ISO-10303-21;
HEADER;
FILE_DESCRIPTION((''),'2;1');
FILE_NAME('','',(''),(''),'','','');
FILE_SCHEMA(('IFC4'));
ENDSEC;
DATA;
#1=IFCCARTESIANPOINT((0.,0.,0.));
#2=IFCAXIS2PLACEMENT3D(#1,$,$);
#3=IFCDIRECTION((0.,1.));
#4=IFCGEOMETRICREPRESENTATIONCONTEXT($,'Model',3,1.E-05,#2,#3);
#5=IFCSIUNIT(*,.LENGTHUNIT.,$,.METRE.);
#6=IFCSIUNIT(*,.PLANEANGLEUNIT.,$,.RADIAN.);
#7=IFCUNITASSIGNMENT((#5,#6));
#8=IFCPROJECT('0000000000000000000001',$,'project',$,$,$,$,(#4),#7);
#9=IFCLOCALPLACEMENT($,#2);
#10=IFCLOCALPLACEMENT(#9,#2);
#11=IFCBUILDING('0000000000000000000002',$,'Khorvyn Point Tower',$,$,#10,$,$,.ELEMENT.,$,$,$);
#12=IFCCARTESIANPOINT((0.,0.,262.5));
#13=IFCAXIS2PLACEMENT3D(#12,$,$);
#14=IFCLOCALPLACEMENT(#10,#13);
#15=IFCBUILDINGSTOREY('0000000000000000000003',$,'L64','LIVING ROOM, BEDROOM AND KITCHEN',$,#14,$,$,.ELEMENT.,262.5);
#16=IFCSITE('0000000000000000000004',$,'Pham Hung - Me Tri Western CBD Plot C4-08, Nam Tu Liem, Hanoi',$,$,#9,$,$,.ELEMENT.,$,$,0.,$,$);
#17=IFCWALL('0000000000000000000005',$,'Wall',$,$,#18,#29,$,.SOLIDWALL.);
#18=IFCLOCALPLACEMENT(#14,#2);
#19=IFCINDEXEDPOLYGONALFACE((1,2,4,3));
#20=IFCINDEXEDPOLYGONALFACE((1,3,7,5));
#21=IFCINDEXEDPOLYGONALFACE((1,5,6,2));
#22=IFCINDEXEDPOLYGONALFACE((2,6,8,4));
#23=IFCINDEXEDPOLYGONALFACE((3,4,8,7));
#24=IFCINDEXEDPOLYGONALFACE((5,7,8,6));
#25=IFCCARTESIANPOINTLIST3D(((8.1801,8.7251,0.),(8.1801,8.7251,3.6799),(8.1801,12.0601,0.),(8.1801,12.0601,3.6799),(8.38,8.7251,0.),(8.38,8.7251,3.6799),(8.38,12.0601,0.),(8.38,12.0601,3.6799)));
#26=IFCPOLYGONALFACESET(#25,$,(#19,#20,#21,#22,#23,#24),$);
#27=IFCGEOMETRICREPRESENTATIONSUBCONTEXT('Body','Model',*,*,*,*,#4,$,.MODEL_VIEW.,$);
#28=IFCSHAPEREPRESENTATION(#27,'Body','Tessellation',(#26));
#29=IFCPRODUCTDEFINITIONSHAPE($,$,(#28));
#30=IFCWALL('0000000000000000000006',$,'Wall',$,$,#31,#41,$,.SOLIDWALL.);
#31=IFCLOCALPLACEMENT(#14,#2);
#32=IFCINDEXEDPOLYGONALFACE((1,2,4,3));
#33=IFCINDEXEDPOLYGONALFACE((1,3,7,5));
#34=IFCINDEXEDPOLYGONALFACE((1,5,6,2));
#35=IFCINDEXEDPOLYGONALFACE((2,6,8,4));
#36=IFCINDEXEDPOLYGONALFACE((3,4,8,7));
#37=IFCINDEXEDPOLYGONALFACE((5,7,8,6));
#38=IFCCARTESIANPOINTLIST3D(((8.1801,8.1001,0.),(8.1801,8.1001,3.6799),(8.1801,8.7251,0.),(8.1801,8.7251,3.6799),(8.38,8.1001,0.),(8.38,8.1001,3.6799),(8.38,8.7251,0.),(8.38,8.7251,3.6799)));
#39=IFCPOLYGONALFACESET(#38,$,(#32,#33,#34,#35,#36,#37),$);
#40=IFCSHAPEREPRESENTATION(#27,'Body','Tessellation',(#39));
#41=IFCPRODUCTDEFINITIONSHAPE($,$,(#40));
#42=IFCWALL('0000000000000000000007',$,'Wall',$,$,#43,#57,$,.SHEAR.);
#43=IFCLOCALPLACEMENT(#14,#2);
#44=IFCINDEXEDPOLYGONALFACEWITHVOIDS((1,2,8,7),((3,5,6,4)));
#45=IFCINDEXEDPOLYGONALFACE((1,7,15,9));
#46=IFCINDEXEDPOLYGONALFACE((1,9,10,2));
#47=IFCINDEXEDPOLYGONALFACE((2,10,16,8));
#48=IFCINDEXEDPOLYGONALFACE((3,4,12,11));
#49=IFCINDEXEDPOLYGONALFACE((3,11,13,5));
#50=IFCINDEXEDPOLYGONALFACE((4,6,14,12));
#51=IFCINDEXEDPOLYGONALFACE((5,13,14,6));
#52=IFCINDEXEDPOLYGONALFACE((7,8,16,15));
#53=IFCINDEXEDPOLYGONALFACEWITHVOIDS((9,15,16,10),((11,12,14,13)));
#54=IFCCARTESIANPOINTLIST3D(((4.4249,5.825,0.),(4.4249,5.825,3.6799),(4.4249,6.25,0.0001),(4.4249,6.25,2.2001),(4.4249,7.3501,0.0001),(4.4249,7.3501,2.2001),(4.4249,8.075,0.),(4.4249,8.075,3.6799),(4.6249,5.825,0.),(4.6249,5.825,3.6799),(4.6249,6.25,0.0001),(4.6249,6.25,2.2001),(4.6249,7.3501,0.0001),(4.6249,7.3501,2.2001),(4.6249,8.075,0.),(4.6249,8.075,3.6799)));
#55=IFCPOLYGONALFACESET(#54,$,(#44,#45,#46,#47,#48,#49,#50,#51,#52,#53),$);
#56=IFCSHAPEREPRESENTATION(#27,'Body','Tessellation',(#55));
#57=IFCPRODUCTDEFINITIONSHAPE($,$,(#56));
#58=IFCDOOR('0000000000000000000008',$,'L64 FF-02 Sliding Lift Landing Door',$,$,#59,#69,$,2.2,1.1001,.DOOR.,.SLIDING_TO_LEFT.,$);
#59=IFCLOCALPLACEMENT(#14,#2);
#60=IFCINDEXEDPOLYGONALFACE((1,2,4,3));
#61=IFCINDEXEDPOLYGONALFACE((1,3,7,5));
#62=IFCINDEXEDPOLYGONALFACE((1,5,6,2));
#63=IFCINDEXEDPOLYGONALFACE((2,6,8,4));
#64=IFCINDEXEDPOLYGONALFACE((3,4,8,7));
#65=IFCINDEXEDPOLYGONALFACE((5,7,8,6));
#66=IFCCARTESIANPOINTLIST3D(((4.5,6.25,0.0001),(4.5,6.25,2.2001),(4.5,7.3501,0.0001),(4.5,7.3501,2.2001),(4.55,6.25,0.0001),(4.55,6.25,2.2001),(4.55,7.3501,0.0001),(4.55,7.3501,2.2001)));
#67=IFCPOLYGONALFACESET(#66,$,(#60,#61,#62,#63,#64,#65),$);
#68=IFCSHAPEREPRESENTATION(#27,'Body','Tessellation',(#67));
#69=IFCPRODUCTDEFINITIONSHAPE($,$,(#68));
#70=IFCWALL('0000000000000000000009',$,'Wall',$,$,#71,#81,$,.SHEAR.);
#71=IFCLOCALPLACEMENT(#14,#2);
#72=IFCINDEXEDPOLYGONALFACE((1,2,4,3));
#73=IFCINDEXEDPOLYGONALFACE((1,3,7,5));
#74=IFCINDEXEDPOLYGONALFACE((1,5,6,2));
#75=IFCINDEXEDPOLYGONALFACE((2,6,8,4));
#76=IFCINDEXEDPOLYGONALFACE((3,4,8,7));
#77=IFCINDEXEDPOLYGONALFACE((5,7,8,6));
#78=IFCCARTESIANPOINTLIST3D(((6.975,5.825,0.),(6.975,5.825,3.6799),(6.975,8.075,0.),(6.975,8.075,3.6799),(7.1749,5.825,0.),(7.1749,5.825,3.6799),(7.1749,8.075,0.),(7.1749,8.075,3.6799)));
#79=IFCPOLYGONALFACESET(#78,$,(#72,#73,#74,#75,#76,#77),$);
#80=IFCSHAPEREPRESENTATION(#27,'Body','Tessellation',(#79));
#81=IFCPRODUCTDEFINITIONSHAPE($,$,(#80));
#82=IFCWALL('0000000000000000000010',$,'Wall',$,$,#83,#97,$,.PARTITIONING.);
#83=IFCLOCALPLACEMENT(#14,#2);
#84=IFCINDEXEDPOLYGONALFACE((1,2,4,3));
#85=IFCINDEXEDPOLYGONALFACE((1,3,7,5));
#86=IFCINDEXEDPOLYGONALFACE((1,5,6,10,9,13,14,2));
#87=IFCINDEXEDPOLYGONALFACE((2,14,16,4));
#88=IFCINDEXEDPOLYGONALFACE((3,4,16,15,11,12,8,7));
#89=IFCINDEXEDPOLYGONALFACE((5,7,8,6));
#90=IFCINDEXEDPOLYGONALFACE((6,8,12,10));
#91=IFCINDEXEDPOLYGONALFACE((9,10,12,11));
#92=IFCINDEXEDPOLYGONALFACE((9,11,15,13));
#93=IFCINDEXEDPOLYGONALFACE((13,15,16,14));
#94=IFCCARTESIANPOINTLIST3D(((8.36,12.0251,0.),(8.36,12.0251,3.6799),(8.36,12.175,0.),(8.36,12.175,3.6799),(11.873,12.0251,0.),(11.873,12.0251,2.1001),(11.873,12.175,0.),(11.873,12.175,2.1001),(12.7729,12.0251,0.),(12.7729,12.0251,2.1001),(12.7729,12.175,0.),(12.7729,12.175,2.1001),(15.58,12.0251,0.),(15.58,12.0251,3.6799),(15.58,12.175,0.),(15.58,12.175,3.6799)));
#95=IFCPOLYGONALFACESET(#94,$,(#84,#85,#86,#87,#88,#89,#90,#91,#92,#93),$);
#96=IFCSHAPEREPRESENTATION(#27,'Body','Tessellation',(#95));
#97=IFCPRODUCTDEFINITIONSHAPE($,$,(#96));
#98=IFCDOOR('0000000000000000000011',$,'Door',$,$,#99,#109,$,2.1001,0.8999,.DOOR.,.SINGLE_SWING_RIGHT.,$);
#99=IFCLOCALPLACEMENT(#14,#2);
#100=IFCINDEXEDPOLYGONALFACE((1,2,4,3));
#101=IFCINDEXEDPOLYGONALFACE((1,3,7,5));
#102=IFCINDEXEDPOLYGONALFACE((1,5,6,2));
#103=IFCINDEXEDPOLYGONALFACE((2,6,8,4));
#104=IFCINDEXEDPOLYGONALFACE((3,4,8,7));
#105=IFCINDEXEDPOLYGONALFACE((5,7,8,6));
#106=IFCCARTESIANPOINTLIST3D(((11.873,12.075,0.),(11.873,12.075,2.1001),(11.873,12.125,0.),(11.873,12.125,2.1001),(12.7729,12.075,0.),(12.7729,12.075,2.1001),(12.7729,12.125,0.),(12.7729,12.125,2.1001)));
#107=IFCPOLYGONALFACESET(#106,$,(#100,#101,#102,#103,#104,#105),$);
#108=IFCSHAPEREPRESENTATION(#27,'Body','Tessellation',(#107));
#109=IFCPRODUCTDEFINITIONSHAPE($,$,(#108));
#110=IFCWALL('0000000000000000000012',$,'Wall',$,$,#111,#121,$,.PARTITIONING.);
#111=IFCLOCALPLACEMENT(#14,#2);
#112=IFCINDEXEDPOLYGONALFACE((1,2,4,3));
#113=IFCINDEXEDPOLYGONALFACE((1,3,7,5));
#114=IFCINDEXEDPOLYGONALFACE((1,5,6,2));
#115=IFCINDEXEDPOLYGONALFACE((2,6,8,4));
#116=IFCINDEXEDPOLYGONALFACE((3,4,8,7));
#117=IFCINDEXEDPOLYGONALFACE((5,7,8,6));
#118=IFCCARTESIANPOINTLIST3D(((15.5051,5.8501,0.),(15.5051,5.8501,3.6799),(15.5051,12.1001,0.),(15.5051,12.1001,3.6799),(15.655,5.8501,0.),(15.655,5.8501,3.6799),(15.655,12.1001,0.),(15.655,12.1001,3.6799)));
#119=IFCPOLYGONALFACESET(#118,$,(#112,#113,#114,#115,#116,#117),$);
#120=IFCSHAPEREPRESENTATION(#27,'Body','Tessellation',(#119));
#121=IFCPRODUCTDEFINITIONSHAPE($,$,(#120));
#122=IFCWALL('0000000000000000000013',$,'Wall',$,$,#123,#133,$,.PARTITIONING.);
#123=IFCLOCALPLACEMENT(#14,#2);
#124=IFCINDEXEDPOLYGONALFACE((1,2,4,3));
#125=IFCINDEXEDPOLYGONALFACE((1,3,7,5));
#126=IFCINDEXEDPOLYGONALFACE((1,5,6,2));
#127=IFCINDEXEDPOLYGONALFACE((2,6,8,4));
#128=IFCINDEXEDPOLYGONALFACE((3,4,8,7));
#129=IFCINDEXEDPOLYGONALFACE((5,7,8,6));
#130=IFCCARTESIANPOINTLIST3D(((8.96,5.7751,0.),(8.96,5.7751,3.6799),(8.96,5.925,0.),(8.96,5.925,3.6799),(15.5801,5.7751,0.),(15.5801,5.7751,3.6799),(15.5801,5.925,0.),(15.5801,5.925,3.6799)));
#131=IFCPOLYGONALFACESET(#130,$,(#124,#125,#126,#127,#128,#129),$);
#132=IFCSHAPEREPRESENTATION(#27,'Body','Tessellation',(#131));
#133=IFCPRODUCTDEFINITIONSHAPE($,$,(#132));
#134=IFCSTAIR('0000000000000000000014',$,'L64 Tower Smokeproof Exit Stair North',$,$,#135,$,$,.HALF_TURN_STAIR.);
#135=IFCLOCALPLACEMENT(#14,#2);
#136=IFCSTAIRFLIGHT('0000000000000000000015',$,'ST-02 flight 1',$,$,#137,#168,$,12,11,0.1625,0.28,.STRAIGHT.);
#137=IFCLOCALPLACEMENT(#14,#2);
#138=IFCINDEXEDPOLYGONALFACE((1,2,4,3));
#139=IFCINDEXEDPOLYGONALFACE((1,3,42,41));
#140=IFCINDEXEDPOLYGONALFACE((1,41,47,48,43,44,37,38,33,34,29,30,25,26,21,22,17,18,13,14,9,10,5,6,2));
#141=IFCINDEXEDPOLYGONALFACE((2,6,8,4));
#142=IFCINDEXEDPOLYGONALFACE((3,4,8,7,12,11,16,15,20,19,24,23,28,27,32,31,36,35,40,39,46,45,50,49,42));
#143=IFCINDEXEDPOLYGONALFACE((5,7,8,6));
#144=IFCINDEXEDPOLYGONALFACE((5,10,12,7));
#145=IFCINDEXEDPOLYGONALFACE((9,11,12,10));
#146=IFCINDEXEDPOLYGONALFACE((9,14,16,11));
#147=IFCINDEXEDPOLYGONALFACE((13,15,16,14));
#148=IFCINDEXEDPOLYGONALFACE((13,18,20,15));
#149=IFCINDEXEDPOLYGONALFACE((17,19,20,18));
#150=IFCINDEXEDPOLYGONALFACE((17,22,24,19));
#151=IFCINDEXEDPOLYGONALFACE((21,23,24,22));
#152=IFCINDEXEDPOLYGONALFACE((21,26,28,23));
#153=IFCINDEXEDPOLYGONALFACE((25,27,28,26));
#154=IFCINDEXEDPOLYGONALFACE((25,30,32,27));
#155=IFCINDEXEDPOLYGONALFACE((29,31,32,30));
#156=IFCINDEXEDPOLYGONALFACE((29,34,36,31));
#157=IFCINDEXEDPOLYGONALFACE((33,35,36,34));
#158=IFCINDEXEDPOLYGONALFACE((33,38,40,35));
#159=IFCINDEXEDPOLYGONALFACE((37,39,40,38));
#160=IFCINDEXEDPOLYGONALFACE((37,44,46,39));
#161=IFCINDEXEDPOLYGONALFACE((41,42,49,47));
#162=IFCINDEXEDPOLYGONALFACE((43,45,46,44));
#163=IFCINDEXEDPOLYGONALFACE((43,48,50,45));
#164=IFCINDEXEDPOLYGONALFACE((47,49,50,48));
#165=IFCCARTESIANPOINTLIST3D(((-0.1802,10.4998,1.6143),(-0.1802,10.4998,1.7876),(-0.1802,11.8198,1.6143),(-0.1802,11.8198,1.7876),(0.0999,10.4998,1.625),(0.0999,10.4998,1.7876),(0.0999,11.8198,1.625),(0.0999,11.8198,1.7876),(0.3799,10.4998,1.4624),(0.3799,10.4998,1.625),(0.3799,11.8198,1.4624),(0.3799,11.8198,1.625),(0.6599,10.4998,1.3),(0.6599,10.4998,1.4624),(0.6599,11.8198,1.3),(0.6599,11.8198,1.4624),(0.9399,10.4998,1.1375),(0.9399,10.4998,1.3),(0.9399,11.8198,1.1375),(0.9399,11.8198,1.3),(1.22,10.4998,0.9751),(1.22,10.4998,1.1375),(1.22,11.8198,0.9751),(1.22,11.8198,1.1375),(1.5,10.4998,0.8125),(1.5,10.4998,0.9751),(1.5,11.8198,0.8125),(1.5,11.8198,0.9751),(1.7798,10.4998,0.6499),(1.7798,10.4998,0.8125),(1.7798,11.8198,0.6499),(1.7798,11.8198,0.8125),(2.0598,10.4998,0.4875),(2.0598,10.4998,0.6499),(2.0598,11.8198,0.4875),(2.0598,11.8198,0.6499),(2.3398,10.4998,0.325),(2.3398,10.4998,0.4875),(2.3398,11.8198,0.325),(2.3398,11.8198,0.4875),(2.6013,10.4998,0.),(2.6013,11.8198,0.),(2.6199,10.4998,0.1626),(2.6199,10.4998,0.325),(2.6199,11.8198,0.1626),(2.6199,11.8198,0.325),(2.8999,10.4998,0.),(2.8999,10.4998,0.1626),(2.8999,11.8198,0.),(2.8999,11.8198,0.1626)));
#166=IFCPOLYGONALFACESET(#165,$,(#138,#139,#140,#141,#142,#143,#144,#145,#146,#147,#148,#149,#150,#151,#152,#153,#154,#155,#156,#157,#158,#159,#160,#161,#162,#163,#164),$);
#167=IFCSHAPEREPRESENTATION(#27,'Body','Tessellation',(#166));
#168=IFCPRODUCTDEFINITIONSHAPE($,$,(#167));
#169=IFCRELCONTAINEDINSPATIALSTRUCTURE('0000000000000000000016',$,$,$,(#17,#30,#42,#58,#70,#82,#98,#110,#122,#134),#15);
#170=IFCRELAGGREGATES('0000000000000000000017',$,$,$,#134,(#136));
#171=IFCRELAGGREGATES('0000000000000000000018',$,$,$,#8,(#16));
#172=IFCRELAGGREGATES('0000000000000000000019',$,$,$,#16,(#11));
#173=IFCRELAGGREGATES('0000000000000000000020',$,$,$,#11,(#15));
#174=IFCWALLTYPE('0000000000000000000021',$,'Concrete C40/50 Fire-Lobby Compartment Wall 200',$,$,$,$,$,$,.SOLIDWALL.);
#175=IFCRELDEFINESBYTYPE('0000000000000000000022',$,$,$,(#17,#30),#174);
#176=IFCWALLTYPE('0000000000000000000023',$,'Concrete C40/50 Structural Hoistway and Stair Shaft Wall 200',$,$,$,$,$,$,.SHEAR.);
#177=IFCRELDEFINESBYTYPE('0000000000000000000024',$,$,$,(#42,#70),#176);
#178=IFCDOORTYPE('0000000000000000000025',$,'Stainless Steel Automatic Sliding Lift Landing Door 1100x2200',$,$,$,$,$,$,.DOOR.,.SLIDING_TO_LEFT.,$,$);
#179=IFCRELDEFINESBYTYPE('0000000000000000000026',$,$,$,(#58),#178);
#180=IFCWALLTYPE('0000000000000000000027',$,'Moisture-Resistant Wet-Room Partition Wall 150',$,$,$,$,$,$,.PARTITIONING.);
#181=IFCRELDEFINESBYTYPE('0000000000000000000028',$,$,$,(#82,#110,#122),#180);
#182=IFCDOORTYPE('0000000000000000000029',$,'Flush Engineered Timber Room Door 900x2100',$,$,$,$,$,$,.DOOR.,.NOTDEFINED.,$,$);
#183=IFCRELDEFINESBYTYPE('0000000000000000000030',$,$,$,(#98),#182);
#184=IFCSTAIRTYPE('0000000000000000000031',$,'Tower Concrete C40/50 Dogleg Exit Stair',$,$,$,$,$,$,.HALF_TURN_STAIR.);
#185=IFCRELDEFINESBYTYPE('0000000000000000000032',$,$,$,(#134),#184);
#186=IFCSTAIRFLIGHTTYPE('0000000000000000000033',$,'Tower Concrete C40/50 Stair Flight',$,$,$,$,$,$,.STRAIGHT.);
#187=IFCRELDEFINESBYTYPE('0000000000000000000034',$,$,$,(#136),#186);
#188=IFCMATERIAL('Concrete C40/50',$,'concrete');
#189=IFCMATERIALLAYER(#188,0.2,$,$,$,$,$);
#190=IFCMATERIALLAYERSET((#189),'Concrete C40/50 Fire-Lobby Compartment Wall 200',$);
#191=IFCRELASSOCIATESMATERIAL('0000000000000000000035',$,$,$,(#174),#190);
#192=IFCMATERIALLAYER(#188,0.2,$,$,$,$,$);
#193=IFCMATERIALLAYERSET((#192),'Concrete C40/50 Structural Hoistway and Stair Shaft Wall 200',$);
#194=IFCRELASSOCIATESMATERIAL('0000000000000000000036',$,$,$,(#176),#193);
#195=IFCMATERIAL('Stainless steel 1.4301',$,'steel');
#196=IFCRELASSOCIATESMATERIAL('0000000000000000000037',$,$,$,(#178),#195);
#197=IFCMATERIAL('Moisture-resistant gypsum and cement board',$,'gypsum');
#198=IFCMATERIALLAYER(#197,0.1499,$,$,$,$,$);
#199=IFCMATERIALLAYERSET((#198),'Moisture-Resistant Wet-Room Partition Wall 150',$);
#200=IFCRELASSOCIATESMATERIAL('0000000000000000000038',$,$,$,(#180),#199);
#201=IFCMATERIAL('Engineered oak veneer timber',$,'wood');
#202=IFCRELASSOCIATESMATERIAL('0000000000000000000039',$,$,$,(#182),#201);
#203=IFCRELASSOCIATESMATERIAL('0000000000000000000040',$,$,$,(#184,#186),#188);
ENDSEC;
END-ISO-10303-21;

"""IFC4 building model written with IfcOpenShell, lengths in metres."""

from ifc_helpers import new_model, si_unit, direction, frame, frame_2d, origin, place, context, subcontext, project, spatial, polyline, rectangle, outline, extrude, material, layer, layer_set, type_object, element, fill, aggregate, save


model = new_model("IFC4")

# Units and contexts
model_context = context("Model", 3, precision=1e-05, world=origin(), true_north=direction((0.0, 1.0)))
body_context = subcontext(model_context, "Body", "Model", "MODEL_VIEW")
ifc_project = project(units=[si_unit("LENGTHUNIT", "METRE"), si_unit("PLANEANGLEUNIT", "RADIAN")], contexts=[model_context])

# Site, building, storey
site_placement = place(None, origin())
site = spatial("IfcSite", under=ifc_project, at=site_placement, Name="Pham Hung - Me Tri Western CBD Plot C4-08, Nam Tu Liem, Hanoi", CompositionType="ELEMENT", RefElevation=0.0)
building_placement = place(site_placement, origin())
building = spatial("IfcBuilding", under=site, at=building_placement, Name="Khorvyn Point Tower", CompositionType="ELEMENT")
storey_placement = place(building_placement, frame((0.0, 0.0, 262.5)))
storey = spatial("IfcBuildingStorey", under=building, at=storey_placement, Name="L64", Description="LIVING ROOM, BEDROOM AND KITCHEN", CompositionType="ELEMENT", Elevation=262.5)

# Shared definitions
ifc_material_1 = material(Name="Concrete C40/50", Category="concrete")

# Shared definitions
ifc_layer_1 = layer(ifc_material_1, 0.2)
ifc_layer_set_1 = layer_set([ifc_layer_1], Name="Concrete C40/50 Fire-Lobby Compartment Wall 200")
wall_type_1 = type_object("IfcWallType", Name="Concrete C40/50 Fire-Lobby Compartment Wall 200", PredefinedType="SOLIDWALL", material=ifc_layer_set_1)

# Walls
wall_1_placement = place(storey_placement, frame((8.28, 8.7251, 0.0), z_axis=(0.0, 0.0, 1.0), x_axis=(0.0, 1.0, 0.0)))
element("IfcWall", 1, at=wall_1_placement, inside=storey, type_object=wall_type_1, Name="Wall", PredefinedType="SOLIDWALL", context=body_context, shape_type="SweptSolid", body=[
    extrude(rectangle(XDim=3.335, YDim=0.2, at=frame_2d((1.6675, 0.0))), origin(), (0.0, 0.0, 1.0), 3.6799),
])
wall_2_placement = place(storey_placement, frame((8.28, 8.1001, 0.0), z_axis=(0.0, 0.0, 1.0), x_axis=(0.0, 1.0, 0.0)))
element("IfcWall", 2, at=wall_2_placement, inside=storey, type_object=wall_type_1, Name="Wall", PredefinedType="SOLIDWALL", context=body_context, shape_type="SweptSolid", body=[
    extrude(rectangle(XDim=0.625, YDim=0.2, at=frame_2d((0.3125, 0.0))), origin(), (0.0, 0.0, 1.0), 3.6799),
])

# Wall, opening, door
ifc_layer_2 = layer(ifc_material_1, 0.2)
ifc_layer_set_2 = layer_set([ifc_layer_2], Name="Concrete C40/50 Structural Hoistway and Stair Shaft Wall 200")
wall_type_2 = type_object("IfcWallType", Name="Concrete C40/50 Structural Hoistway and Stair Shaft Wall 200", PredefinedType="SHEAR", material=ifc_layer_set_2)
wall_3_placement = place(storey_placement, frame((4.5249, 5.825, 0.0), z_axis=(0.0, 0.0, 1.0), x_axis=(0.0, 1.0, 0.0)))
wall_3 = element("IfcWall", 3, at=wall_3_placement, inside=storey, type_object=wall_type_2, Name="Wall", PredefinedType="SHEAR", context=body_context, shape_type="SweptSolid", body=[
    extrude(rectangle(XDim=2.25, YDim=0.2, at=frame_2d((1.125, 0.0))), origin(), (0.0, 0.0, 1.0), 3.6799),
])
opening_1_placement = place(wall_3_placement, frame((0.425, 0.0, 0.0)))
opening_1 = element("IfcOpeningElement", 4, at=opening_1_placement, cuts=wall_3, PredefinedType="OPENING", context=body_context, shape_type="SweptSolid", body=[
    extrude(rectangle(XDim=1.1001, YDim=2.2, at=frame_2d((0.55, 1.1001))), frame((0.0, 0.1099, 0.0), z_axis=(0.0, -1.0, 0.0), x_axis=(1.0, 0.0, 0.0)), (0.0, 0.0, 1.0), 0.22),
])
ifc_material_2 = material(Name="Stainless steel 1.4301", Category="steel")
door_type_1 = type_object("IfcDoorType", Name="Stainless Steel Automatic Sliding Lift Landing Door 1100x2200", OperationType="SLIDING_TO_LEFT", PredefinedType="DOOR", material=ifc_material_2)
door_1_placement = place(opening_1_placement, origin())
door_1 = element("IfcDoor", 5, at=door_1_placement, inside=storey, type_object=door_type_1, Name="L64 FF-02 Sliding Lift Landing Door", OperationType="SLIDING_TO_LEFT", OverallHeight=2.2, OverallWidth=1.1001, PredefinedType="DOOR", context=body_context, shape_type="SweptSolid", body=[
    extrude(rectangle(XDim=1.1001, YDim=2.2, at=frame_2d((0.55, 1.1001))), frame((0.0, 0.0249, 0.0), z_axis=(0.0, -1.0, 0.0), x_axis=(1.0, 0.0, 0.0)), (0.0, 0.0, 1.0), 0.05),
])
fill(opening_1, door_1)

# Wall
wall_4_placement = place(storey_placement, frame((7.075, 5.825, 0.0), z_axis=(0.0, 0.0, 1.0), x_axis=(0.0, 1.0, 0.0)))
element("IfcWall", 6, at=wall_4_placement, inside=storey, type_object=wall_type_2, Name="Wall", PredefinedType="SHEAR", context=body_context, shape_type="SweptSolid", body=[
    extrude(rectangle(XDim=2.25, YDim=0.2, at=frame_2d((1.125, 0.0))), origin(), (0.0, 0.0, 1.0), 3.6799),
])

# Wall, opening, door
ifc_material_3 = material(Name="Moisture-resistant gypsum and cement board", Category="gypsum")
ifc_layer_3 = layer(ifc_material_3, 0.1499)
ifc_layer_set_3 = layer_set([ifc_layer_3], Name="Moisture-Resistant Wet-Room Partition Wall 150")
wall_type_3 = type_object("IfcWallType", Name="Moisture-Resistant Wet-Room Partition Wall 150", PredefinedType="PARTITIONING", material=ifc_layer_set_3)
wall_5_placement = place(storey_placement, frame((8.3601, 12.1001, 0.0), z_axis=(0.0, 0.0, 1.0), x_axis=(1.0, 0.0, 0.0)))
wall_5 = element("IfcWall", 7, at=wall_5_placement, inside=storey, type_object=wall_type_3, Name="Wall", PredefinedType="PARTITIONING", context=body_context, shape_type="SweptSolid", body=[
    extrude(rectangle(XDim=7.22, YDim=0.1499, at=frame_2d((3.6099, 0.0))), origin(), (0.0, 0.0, 1.0), 3.6799),
])
opening_2_placement = place(wall_5_placement, frame((3.5129, 0.0, 0.0)))
opening_2 = element("IfcOpeningElement", 8, at=opening_2_placement, cuts=wall_5, PredefinedType="OPENING", context=body_context, shape_type="SweptSolid", body=[
    extrude(rectangle(XDim=0.8999, YDim=2.1001, at=frame_2d((0.45, 1.05))), frame((0.0, 0.085, 0.0), z_axis=(0.0, -1.0, 0.0), x_axis=(1.0, 0.0, 0.0)), (0.0, 0.0, 1.0), 0.1699),
])
ifc_material_4 = material(Name="Engineered oak veneer timber", Category="wood")
door_type_2 = type_object("IfcDoorType", Name="Flush Engineered Timber Room Door 900x2100", OperationType="NOTDEFINED", PredefinedType="DOOR", material=ifc_material_4)
door_2_placement = place(opening_2_placement, origin())
door_2 = element("IfcDoor", 9, at=door_2_placement, inside=storey, type_object=door_type_2, Name="Door", OperationType="SINGLE_SWING_RIGHT", OverallHeight=2.1001, OverallWidth=0.8999, PredefinedType="DOOR", context=body_context, shape_type="SweptSolid", body=[
    extrude(rectangle(XDim=0.8999, YDim=2.1001, at=frame_2d((0.45, 1.05))), frame((0.0, 0.0249, 0.0), z_axis=(0.0, -1.0, 0.0), x_axis=(1.0, 0.0, 0.0)), (0.0, 0.0, 1.0), 0.05),
])
fill(opening_2, door_2)

# Walls
wall_6_placement = place(storey_placement, frame((15.5801, 5.8501, 0.0), z_axis=(0.0, 0.0, 1.0), x_axis=(0.0, 1.0, 0.0)))
element("IfcWall", 10, at=wall_6_placement, inside=storey, type_object=wall_type_3, Name="Wall", PredefinedType="PARTITIONING", context=body_context, shape_type="SweptSolid", body=[
    extrude(rectangle(XDim=6.25, YDim=0.1499, at=frame_2d((3.125, 0.0))), origin(), (0.0, 0.0, 1.0), 3.6799),
])
wall_7_placement = place(storey_placement, frame((8.96, 5.8501, 0.0), z_axis=(0.0, 0.0, 1.0), x_axis=(1.0, 0.0, 0.0)))
element("IfcWall", 11, at=wall_7_placement, inside=storey, type_object=wall_type_3, Name="Wall", PredefinedType="PARTITIONING", context=body_context, shape_type="SweptSolid", body=[
    extrude(rectangle(XDim=6.6201, YDim=0.1499, at=frame_2d((3.3101, 0.0))), origin(), (0.0, 0.0, 1.0), 3.6799),
])

# Stair, stair flight
stair_type = type_object("IfcStairType", Name="Tower Concrete C40/50 Dogleg Exit Stair", PredefinedType="HALF_TURN_STAIR", material=ifc_material_1)
stair_placement = place(storey_placement, origin())
stair = element("IfcStair", 12, at=stair_placement, inside=storey, type_object=stair_type, Name="L64 Tower Smokeproof Exit Stair North", PredefinedType="HALF_TURN_STAIR")
stair_flight_type = type_object("IfcStairFlightType", Name="Tower Concrete C40/50 Stair Flight", PredefinedType="STRAIGHT", material=ifc_material_1)
stair_flight_placement = place(storey_placement, frame((2.8999, 11.1599, 0.0), z_axis=(0.0, 0.0, 1.0), x_axis=(-1.0, 0.0, 0.0)))
stair_flight = element("IfcStairFlight", 13, at=stair_flight_placement, type_object=stair_flight_type, Name="ST-02 flight 1", NumberOfRisers=12, NumberOfTreads=11, PredefinedType="STRAIGHT", RiserHeight=0.1625, TreadLength=0.28, context=body_context, shape_type="SweptSolid", body=[
    extrude(outline(polyline([(0.0, 0.0), (0.0, 0.1626), (0.28, 0.1626), (0.28, 0.325), (0.5601, 0.325), (0.5601, 0.4875), (0.8401, 0.4875), (0.8401, 0.6499), (1.1201, 0.6499), (1.1201, 0.8125), (1.3999, 0.8125), (1.3999, 0.9751), (1.6799, 0.9751), (1.6799, 1.1375), (1.96, 1.1375), (1.96, 1.3), (2.24, 1.3), (2.24, 1.4624), (2.52, 1.4624), (2.52, 1.625), (2.8, 1.625), (2.8, 1.7876), (3.0801, 1.7876), (3.0801, 1.95), (3.0801, 1.6143), (0.2986, 0.0), (0.0, 0.0)])), frame((0.0, 0.6602, 0.0), z_axis=(0.0, -1.0, 0.0), x_axis=(1.0, 0.0, 0.0)), (0.0, 0.0, 1.0), 1.3201),
])
aggregate(stair, [stair_flight])

save(model, "model.ifc")
